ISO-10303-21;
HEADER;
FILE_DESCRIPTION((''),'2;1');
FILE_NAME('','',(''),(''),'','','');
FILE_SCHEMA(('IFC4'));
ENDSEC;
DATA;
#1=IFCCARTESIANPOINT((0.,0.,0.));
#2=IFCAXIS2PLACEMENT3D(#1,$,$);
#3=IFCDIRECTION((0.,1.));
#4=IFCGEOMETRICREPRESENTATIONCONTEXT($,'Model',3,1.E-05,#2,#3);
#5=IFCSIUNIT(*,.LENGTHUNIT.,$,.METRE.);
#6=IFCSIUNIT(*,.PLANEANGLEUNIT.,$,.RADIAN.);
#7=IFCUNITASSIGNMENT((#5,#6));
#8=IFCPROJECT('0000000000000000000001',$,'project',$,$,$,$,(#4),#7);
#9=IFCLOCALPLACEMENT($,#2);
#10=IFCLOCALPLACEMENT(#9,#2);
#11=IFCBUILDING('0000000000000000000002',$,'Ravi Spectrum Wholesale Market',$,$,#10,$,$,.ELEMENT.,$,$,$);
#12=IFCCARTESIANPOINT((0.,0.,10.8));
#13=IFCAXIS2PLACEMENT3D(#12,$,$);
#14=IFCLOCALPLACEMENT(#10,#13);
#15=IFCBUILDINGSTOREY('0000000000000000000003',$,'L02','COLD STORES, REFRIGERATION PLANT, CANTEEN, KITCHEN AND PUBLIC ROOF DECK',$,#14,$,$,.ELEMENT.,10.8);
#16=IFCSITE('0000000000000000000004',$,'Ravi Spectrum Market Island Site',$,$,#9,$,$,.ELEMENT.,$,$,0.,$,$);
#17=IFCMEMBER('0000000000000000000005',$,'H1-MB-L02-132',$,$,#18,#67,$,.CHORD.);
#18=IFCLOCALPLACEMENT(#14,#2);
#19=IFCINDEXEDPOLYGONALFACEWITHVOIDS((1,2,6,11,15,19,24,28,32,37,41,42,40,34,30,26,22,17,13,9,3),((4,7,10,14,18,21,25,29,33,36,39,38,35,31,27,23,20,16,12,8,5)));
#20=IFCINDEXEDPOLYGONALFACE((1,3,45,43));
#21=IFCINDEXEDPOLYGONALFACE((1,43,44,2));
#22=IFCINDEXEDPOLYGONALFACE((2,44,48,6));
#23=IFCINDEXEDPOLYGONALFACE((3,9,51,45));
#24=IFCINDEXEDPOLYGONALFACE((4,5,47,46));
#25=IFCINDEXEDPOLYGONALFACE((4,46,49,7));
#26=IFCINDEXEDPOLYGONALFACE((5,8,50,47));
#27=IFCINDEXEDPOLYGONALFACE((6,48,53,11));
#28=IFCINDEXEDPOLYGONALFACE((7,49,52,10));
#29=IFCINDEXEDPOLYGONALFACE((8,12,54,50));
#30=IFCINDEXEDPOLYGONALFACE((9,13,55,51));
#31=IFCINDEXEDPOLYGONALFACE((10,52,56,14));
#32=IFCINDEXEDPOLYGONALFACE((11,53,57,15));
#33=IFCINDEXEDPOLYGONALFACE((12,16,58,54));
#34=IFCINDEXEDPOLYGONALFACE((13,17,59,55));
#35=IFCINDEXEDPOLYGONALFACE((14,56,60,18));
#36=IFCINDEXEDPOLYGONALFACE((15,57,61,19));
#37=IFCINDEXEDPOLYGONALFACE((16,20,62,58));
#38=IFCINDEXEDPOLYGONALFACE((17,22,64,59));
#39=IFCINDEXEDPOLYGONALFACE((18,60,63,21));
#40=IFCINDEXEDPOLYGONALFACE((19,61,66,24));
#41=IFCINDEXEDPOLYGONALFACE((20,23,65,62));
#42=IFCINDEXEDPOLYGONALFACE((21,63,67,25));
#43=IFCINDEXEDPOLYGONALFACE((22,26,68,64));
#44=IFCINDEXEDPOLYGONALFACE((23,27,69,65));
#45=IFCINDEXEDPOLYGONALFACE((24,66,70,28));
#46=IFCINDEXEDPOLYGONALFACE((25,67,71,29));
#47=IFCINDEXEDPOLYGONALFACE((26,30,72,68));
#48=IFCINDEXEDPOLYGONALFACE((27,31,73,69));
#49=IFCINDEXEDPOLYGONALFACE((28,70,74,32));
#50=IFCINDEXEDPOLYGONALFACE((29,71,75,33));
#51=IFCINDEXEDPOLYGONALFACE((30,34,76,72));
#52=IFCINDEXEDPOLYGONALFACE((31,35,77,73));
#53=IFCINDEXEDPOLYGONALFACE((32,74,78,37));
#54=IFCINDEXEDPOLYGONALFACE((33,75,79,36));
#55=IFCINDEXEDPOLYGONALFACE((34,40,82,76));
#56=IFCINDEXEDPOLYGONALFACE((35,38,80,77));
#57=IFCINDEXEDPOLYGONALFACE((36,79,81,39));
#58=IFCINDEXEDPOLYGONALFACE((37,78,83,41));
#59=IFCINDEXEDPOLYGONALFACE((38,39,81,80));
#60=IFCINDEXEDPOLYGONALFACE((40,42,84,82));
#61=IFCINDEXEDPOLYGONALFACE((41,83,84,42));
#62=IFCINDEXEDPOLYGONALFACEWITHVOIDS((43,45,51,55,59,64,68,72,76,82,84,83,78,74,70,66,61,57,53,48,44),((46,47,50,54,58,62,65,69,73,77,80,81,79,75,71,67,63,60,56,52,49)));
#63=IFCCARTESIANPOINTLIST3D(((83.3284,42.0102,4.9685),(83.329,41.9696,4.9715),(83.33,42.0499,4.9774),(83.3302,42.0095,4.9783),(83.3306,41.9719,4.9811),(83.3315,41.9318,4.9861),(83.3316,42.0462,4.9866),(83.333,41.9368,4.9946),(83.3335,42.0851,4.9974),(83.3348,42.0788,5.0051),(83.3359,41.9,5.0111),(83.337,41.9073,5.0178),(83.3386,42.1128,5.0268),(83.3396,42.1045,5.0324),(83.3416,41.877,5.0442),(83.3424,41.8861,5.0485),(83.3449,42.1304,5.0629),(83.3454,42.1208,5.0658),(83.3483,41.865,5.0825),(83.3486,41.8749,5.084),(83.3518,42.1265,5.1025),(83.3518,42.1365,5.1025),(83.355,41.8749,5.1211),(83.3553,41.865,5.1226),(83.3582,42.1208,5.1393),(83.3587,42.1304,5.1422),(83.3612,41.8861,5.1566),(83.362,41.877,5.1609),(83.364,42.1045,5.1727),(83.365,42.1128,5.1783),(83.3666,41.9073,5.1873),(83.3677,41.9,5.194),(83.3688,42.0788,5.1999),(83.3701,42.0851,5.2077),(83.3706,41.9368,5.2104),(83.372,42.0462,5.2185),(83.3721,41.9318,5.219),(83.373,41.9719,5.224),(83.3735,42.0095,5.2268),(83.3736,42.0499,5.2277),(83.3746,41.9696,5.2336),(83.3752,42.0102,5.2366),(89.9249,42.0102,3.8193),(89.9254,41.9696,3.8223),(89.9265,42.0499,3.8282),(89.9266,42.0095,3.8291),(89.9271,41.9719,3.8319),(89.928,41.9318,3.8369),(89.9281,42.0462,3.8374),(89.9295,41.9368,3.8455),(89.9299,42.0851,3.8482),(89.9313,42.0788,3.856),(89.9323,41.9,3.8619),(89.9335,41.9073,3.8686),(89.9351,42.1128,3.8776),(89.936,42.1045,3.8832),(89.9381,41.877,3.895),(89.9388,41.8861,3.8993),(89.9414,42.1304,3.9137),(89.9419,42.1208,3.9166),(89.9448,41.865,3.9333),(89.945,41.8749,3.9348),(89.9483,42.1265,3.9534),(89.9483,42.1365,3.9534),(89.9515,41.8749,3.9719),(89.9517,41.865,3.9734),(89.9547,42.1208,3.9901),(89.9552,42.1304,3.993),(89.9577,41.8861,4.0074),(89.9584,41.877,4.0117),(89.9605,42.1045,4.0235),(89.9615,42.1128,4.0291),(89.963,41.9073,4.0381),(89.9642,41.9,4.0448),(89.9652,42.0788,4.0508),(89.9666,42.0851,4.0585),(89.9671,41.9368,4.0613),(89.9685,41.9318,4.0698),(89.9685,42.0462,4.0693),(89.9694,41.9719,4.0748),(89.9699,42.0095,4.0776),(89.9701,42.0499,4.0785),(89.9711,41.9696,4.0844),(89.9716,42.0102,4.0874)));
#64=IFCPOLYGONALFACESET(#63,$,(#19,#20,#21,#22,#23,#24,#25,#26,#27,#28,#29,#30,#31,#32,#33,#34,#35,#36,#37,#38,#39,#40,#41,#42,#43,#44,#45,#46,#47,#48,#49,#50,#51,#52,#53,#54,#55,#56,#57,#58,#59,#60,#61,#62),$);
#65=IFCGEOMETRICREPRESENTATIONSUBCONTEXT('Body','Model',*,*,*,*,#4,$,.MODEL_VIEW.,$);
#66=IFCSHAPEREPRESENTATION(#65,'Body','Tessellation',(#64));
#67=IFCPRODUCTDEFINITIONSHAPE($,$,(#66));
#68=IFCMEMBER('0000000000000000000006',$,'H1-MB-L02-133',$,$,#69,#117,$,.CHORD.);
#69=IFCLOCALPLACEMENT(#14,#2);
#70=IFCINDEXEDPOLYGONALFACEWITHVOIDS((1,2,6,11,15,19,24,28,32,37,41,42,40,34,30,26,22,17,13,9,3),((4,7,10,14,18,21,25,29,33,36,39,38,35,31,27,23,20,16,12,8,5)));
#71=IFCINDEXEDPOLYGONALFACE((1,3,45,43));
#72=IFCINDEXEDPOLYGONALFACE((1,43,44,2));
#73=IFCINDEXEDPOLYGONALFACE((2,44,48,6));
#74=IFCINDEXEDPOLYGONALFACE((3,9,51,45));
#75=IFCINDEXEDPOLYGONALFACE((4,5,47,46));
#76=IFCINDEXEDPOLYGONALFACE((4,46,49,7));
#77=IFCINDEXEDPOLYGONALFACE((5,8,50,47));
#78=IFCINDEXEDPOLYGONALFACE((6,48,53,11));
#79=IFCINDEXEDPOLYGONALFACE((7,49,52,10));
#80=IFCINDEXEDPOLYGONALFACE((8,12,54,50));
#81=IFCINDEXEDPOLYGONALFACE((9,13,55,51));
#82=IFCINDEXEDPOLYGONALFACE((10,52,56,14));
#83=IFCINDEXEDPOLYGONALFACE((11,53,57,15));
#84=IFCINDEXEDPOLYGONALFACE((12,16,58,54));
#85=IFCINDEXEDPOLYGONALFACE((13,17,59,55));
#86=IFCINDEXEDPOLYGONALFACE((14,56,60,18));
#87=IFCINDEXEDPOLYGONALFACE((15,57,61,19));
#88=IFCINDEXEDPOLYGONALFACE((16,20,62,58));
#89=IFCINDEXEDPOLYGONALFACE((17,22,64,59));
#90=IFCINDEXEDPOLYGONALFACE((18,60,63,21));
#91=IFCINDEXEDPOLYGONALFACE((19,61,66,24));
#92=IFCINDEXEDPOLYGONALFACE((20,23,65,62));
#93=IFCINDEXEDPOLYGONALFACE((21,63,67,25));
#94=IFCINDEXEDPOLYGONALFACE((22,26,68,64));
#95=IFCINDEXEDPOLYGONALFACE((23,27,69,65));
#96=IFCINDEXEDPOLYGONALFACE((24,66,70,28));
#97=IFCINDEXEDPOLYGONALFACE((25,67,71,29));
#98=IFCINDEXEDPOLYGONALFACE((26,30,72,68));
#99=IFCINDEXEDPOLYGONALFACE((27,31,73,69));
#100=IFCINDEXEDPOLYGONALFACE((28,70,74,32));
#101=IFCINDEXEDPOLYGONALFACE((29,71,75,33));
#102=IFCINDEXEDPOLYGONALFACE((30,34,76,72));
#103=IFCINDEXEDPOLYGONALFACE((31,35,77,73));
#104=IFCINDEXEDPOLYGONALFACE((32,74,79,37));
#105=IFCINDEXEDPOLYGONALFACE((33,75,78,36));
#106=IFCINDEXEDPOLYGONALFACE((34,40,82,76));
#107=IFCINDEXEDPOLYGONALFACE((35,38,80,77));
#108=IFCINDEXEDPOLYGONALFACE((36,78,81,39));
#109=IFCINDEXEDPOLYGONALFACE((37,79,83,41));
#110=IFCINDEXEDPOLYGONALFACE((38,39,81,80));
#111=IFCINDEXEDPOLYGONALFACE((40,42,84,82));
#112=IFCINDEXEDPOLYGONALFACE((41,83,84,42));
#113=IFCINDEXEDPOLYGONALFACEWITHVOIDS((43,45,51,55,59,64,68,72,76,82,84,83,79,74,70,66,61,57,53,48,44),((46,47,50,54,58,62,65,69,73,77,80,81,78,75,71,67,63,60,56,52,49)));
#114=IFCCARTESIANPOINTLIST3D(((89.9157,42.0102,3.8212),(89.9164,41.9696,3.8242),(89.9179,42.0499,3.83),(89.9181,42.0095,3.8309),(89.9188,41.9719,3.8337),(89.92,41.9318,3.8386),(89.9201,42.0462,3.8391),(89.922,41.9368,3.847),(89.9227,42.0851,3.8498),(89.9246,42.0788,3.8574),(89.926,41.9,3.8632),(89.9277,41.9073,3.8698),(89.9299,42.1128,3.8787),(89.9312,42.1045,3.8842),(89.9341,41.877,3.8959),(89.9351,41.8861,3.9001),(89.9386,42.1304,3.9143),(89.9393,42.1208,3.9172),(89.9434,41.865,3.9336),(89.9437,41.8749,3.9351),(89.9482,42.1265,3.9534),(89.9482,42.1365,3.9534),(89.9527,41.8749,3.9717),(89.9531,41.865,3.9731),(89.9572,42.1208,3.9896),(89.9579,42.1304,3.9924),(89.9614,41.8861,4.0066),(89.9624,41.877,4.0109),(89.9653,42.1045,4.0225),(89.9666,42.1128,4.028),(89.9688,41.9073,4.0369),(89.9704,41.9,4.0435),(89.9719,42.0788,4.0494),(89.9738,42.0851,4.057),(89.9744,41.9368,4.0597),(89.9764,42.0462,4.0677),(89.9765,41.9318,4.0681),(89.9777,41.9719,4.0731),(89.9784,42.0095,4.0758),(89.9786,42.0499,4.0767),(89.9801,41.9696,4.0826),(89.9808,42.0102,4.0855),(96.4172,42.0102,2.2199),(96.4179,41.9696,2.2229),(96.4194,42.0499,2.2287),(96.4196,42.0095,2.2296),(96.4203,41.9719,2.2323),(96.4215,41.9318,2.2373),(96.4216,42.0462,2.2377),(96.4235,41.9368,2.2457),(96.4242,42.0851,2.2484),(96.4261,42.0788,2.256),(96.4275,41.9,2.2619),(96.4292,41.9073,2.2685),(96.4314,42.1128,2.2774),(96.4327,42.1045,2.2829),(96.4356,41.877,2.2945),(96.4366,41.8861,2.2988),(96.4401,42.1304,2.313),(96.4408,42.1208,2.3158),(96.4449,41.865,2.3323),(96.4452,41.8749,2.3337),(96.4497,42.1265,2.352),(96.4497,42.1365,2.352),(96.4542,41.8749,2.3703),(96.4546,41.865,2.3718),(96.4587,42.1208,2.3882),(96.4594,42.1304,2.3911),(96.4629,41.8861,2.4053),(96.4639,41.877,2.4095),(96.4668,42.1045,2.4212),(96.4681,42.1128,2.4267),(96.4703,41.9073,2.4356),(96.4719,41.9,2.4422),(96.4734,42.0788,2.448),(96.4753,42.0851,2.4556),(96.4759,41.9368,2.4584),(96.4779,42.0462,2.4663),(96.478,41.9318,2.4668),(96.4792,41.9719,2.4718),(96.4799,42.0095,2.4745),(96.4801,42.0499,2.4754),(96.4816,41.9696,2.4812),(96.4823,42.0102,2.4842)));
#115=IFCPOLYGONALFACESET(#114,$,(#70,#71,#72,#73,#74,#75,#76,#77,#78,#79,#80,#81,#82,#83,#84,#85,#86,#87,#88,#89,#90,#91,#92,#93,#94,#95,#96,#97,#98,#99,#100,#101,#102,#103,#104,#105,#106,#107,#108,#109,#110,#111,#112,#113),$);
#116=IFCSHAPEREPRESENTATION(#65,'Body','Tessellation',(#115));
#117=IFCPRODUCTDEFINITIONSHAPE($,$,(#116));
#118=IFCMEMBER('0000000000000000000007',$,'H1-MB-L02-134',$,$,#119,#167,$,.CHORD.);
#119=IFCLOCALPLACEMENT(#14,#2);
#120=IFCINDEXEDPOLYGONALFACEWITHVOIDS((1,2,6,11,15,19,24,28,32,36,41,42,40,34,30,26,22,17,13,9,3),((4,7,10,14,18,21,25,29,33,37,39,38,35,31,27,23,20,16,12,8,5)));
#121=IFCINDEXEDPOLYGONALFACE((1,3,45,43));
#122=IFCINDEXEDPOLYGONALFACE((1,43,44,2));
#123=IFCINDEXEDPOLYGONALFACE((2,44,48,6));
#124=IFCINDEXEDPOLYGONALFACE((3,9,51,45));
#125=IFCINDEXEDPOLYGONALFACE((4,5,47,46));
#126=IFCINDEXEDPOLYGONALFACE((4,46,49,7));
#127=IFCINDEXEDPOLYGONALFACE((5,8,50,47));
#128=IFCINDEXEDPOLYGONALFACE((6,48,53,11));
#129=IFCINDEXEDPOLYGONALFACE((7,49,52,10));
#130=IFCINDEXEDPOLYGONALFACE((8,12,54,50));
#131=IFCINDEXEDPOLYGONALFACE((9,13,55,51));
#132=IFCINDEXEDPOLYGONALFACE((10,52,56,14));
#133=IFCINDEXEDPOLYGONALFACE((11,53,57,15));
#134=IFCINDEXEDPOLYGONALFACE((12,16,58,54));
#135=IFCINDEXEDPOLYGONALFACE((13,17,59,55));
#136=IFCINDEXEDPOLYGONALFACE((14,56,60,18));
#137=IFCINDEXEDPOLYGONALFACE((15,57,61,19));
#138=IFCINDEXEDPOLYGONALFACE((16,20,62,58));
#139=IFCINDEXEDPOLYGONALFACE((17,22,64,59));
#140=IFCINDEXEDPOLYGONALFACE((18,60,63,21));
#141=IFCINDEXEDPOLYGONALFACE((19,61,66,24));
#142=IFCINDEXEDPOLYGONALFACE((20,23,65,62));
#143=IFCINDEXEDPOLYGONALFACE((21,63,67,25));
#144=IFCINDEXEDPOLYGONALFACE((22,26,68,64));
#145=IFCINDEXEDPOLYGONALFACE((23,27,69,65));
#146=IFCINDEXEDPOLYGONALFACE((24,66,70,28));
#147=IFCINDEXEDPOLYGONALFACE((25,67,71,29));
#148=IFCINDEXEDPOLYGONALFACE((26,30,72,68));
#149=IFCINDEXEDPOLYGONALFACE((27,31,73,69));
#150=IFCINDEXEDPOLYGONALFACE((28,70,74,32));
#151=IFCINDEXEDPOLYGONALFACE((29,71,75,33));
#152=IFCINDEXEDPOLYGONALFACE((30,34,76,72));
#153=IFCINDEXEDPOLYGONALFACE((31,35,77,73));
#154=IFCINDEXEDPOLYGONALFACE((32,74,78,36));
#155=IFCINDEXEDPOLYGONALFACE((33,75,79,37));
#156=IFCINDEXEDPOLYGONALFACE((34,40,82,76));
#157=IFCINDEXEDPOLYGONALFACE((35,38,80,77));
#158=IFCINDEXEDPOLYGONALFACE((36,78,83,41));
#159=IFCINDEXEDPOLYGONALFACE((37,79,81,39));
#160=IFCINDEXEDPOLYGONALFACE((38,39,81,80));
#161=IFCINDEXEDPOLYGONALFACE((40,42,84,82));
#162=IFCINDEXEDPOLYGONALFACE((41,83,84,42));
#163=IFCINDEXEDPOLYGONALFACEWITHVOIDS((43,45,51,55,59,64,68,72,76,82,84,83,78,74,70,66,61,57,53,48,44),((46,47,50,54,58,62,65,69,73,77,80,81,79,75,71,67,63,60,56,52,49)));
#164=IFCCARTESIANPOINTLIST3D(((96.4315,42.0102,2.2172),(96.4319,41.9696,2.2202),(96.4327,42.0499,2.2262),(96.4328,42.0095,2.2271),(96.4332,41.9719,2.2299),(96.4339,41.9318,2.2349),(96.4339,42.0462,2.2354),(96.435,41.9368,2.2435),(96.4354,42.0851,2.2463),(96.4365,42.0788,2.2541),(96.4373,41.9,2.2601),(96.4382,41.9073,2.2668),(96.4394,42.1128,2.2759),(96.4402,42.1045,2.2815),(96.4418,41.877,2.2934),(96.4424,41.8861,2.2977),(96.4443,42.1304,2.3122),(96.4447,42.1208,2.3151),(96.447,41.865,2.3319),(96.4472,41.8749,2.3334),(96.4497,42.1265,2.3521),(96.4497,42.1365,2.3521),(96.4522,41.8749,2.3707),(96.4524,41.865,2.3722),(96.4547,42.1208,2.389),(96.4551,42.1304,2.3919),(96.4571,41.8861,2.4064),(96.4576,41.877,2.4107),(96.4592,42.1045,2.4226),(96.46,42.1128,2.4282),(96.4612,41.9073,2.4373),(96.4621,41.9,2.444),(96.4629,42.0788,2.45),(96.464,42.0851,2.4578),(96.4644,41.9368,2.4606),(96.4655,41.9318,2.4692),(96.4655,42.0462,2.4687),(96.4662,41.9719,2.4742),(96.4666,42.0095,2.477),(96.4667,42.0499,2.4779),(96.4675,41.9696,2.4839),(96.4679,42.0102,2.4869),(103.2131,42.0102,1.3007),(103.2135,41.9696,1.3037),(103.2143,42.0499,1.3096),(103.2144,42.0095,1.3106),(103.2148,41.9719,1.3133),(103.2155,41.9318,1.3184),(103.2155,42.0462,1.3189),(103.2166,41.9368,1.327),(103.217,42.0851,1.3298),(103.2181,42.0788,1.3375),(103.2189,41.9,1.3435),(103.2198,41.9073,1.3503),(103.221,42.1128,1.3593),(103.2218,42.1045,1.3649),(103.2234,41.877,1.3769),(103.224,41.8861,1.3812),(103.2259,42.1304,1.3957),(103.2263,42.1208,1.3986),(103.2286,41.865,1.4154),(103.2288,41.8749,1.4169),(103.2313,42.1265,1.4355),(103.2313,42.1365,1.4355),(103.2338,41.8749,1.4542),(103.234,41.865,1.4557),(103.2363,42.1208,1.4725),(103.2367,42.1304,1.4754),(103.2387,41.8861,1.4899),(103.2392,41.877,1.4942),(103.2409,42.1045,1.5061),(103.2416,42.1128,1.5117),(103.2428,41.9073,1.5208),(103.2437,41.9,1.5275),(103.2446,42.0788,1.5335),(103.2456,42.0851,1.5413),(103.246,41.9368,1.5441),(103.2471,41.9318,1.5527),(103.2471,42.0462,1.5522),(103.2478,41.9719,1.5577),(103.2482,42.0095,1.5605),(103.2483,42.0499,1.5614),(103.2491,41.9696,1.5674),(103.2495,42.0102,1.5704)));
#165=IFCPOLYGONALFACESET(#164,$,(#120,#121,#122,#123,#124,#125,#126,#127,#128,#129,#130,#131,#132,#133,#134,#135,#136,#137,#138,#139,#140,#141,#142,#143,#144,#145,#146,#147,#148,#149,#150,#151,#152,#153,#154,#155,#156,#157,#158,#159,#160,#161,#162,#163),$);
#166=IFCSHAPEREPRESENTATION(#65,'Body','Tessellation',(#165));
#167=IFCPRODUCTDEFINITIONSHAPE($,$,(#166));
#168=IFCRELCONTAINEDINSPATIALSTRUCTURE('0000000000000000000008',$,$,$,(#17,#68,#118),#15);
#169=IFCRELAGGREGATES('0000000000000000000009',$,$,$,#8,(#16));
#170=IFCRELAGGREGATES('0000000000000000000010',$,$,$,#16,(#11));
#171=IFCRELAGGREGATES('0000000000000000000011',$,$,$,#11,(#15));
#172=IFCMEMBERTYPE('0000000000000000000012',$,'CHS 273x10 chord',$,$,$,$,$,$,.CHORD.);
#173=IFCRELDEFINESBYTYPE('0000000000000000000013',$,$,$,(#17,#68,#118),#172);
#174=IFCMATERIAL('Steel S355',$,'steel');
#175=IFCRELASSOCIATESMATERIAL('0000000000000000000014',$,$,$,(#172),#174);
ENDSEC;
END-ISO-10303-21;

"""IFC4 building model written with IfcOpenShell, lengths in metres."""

from ifc_helpers import new_model, si_unit, direction, frame, origin, origin_2d, place, context, subcontext, project, spatial, hollow_circle, extrude, material, material_profile, profile_set, type_object, element, save


model = new_model("IFC4")

# Units and contexts
model_context = context("Model", 3, precision=1e-05, world=origin(), true_north=direction((0.0, 1.0)))
body_context = subcontext(model_context, "Body", "Model", "MODEL_VIEW")
ifc_project = project(units=[si_unit("LENGTHUNIT", "METRE"), si_unit("PLANEANGLEUNIT", "RADIAN")], contexts=[model_context])

# Site, building, storey
site_placement = place(None, origin())
site = spatial("IfcSite", under=ifc_project, at=site_placement, Name="Ravi Spectrum Market Island Site", CompositionType="ELEMENT", RefElevation=0.0)
building_placement = place(site_placement, origin())
building = spatial("IfcBuilding", under=site, at=building_placement, Name="Ravi Spectrum Wholesale Market", CompositionType="ELEMENT")
storey_placement = place(building_placement, frame((0.0, 0.0, 10.8)))
storey = spatial("IfcBuildingStorey", under=building, at=storey_placement, Name="L02", Description="COLD STORES, REFRIGERATION PLANT, CANTEEN, KITCHEN AND PUBLIC ROOF DECK", CompositionType="ELEMENT", Elevation=10.8)

# Members
ifc_material_1 = material(Name="Steel S355", Category="steel")
ifc_material_profile_1 = material_profile(ifc_material_1, hollow_circle(Radius=0.1365, WallThickness=0.01, at=origin_2d()))
ifc_profile_set_1 = profile_set([ifc_material_profile_1], Name="Steel S355")
member_type_1 = type_object("IfcMemberType", Name="CHS 273x10 chord", PredefinedType="CHORD", material=ifc_profile_set_1)
for number, where, z_axis, x_axis, name in (
    (1, (83.3518, 42.0, 5.1025), (0.985162, 0.0, -0.171626), (0.0, 1.0, 0.0), "H1-MB-L02-132"),
    (2, (89.9482, 42.0, 3.9534), (0.970982, 0.0, -0.239154), (0.0, 1.0, 0.0), "H1-MB-L02-133"),
):
    element("IfcMember", number, at=place(storey_placement, frame(where, z_axis=z_axis, x_axis=x_axis)), inside=storey, type_object=member_type_1, Name=name, PredefinedType="CHORD", context=body_context, shape_type="SweptSolid", body=[
        extrude(hollow_circle(Radius=0.1365, WallThickness=0.01, at=origin_2d()), origin(), (0.0, 0.0, 1.0), 6.6958),
    ])
member_1_placement = place(storey_placement, frame((96.4497, 42.0, 2.3521), z_axis=(0.990991, 0.0, -0.13393), x_axis=(0.0, 1.0, 0.0)))
element("IfcMember", 3, at=member_1_placement, inside=storey, type_object=member_type_1, Name="H1-MB-L02-134", PredefinedType="CHORD", context=body_context, shape_type="SweptSolid", body=[
    extrude(hollow_circle(Radius=0.1365, WallThickness=0.01, at=origin_2d()), origin(), (0.0, 0.0, 1.0), 6.8433),
])

save(model, "model.ifc")
